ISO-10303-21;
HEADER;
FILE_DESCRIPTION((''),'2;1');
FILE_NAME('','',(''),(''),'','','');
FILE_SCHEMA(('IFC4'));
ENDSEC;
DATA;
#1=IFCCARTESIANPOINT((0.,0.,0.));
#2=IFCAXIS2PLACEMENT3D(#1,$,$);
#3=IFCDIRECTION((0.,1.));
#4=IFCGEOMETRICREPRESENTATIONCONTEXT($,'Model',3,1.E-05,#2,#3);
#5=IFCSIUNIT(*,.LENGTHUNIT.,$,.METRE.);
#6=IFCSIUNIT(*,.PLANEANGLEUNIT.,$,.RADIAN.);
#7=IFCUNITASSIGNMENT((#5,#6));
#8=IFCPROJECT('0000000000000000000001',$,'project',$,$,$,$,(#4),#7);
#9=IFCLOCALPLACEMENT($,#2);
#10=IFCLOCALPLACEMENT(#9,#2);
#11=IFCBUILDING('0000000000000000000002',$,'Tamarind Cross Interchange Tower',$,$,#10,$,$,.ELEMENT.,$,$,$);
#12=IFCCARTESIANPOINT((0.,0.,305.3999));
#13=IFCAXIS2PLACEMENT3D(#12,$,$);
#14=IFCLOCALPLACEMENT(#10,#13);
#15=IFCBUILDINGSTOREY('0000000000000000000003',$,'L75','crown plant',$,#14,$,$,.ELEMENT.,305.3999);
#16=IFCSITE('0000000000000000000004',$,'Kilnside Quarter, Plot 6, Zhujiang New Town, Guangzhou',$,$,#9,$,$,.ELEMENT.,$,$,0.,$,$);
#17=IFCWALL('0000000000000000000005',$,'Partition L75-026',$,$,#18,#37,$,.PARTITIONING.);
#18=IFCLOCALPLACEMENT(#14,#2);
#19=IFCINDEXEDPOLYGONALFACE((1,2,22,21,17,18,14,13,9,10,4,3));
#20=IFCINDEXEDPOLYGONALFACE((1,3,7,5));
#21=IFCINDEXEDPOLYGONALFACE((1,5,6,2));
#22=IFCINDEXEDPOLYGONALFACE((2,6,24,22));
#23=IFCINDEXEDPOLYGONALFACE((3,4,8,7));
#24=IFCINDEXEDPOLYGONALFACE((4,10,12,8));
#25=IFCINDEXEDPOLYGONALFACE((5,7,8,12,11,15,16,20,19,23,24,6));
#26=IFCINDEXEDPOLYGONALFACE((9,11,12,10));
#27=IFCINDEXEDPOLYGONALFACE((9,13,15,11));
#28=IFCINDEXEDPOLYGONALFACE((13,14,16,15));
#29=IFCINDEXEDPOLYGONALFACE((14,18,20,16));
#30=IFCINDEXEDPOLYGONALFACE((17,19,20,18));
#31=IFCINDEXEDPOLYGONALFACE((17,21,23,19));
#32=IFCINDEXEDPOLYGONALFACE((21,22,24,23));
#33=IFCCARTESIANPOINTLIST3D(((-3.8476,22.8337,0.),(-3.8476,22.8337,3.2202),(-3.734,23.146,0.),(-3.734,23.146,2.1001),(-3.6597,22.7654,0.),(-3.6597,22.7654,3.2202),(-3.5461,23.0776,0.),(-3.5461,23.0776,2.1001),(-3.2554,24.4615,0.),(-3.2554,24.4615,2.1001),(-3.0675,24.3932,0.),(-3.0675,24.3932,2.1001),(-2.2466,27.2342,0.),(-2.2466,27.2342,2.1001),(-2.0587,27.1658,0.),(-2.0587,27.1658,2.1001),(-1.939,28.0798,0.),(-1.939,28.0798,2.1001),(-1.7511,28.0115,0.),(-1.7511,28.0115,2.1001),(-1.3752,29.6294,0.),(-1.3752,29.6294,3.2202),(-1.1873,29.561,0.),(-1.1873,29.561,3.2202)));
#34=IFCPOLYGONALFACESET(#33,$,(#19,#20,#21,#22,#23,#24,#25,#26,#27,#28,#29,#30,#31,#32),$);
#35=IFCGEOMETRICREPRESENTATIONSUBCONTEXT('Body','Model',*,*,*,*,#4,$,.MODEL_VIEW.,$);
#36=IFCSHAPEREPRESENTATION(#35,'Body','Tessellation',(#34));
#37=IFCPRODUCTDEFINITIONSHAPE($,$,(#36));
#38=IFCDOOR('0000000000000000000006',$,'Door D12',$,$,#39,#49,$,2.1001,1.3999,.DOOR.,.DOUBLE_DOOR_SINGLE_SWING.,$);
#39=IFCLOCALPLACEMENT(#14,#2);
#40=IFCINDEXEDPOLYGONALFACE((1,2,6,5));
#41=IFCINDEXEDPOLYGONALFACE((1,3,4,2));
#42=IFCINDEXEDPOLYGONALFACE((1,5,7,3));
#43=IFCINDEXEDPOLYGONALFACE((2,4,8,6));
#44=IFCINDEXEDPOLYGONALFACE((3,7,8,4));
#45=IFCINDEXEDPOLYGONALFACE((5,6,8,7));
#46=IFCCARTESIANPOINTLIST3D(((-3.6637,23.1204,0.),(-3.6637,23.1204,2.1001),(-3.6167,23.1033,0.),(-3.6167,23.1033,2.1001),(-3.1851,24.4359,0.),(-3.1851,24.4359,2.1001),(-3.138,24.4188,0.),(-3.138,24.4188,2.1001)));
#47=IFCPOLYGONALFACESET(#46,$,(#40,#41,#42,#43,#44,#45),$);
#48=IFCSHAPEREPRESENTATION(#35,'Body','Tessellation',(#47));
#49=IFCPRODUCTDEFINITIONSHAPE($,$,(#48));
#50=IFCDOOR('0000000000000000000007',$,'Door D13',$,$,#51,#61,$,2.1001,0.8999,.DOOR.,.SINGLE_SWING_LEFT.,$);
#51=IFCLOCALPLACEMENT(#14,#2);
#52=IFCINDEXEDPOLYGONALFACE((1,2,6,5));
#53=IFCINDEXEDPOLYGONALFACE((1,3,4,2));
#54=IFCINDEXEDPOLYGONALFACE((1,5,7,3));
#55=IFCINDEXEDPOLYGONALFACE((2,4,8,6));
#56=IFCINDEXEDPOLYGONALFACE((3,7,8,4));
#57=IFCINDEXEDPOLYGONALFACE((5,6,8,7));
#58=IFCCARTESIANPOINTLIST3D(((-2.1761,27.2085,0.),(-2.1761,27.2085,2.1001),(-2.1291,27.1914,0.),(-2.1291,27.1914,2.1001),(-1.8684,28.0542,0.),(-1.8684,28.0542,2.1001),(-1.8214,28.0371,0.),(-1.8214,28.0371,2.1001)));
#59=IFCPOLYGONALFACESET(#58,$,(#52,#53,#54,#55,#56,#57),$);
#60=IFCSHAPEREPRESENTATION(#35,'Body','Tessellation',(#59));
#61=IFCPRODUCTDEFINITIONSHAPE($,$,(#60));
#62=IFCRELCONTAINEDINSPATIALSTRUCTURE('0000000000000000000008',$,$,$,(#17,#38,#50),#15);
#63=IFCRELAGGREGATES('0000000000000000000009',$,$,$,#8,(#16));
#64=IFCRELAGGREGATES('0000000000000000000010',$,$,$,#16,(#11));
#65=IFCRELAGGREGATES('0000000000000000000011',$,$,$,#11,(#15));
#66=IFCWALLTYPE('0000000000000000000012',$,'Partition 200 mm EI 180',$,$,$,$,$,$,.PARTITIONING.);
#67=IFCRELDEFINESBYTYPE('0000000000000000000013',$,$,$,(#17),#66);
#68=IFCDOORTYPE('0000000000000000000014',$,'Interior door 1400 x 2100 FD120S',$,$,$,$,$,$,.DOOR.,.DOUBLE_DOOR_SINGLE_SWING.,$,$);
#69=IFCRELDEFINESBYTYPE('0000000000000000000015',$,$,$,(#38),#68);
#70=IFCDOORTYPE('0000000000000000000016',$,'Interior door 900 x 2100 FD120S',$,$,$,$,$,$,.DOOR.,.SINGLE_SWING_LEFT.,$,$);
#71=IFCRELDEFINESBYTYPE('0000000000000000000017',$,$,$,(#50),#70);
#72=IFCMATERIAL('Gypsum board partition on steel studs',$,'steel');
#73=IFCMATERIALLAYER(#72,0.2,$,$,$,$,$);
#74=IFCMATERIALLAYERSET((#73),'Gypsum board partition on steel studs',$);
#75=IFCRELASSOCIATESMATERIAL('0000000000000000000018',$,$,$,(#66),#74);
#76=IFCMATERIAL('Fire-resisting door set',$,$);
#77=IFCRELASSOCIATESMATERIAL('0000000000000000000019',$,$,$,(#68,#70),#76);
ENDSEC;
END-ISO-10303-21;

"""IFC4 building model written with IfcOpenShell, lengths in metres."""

from ifc_helpers import new_model, si_unit, direction, frame, frame_2d, origin, place, context, subcontext, project, spatial, rectangle, extrude, material, layer, layer_set, type_object, element, fill, save


model = new_model("IFC4")

# Units and contexts
model_context = context("Model", 3, precision=1e-05, world=origin(), true_north=direction((0.0, 1.0)))
body_context = subcontext(model_context, "Body", "Model", "MODEL_VIEW")
ifc_project = project(units=[si_unit("LENGTHUNIT", "METRE"), si_unit("PLANEANGLEUNIT", "RADIAN")], contexts=[model_context])

# Site, building, storey
site_placement = place(None, origin())
site = spatial("IfcSite", under=ifc_project, at=site_placement, Name="Kilnside Quarter, Plot 6, Zhujiang New Town, Guangzhou", CompositionType="ELEMENT", RefElevation=0.0)
building_placement = place(site_placement, origin())
building = spatial("IfcBuilding", under=site, at=building_placement, Name="Tamarind Cross Interchange Tower", CompositionType="ELEMENT")
storey_placement = place(building_placement, frame((0.0, 0.0, 305.3999)))
storey = spatial("IfcBuildingStorey", under=building, at=storey_placement, Name="L75", Description="crown plant", CompositionType="ELEMENT", Elevation=305.3999)

# Shared definitions
ifc_material_1 = material(Name="Gypsum board partition on steel studs", Category="steel")

# Shared definitions
ifc_material_2 = material(Name="Fire-resisting door set")

# Shared definitions
ifc_layer_1 = layer(ifc_material_1, 0.2)
ifc_layer_set_1 = layer_set([ifc_layer_1], Name="Gypsum board partition on steel studs")
wall_type_1 = type_object("IfcWallType", Name="Partition 200 mm EI 180", PredefinedType="PARTITIONING", material=ifc_layer_set_1)

# Shared definitions
door_type_1 = type_object("IfcDoorType", Name="Interior door 1400 x 2100 FD120S", OperationType="DOUBLE_DOOR_SINGLE_SWING", PredefinedType="DOOR", material=ifc_material_2)

# Wall, openings, doors
wall_1_placement = place(storey_placement, frame((-3.7537, 22.7996, 0.0), z_axis=(0.0, 0.0, 1.0), x_axis=(0.341898, 0.939737, 0.0)))
wall_1 = element("IfcWall", 1, at=wall_1_placement, inside=storey, type_object=wall_type_1, Name="Partition L75-026", PredefinedType="PARTITIONING", context=body_context, shape_type="SweptSolid", body=[
    extrude(rectangle(XDim=7.2314, YDim=0.2, at=frame_2d((3.6157, 0.0))), origin(), (0.0, 0.0, 1.0), 3.2202),
])
opening_1_placement = place(wall_1_placement, frame((0.3323, 0.0, 0.0)))
opening_1 = element("IfcOpeningElement", 2, at=opening_1_placement, cuts=wall_1, PredefinedType="OPENING", context=body_context, shape_type="SweptSolid", body=[
    extrude(rectangle(XDim=1.3999, YDim=2.1001, at=frame_2d((0.7, 1.05))), frame((0.0, 0.1099, 0.0), z_axis=(0.0, -1.0, 0.0), x_axis=(1.0, 0.0, 0.0)), (0.0, 0.0, 1.0), 0.22),
])
opening_2_placement = place(wall_1_placement, frame((4.6826, 0.0, 0.0)))
opening_2 = element("IfcOpeningElement", 3, at=opening_2_placement, cuts=wall_1, PredefinedType="OPENING", context=body_context, shape_type="SweptSolid", body=[
    extrude(rectangle(XDim=0.8999, YDim=2.1001, at=frame_2d((0.45, 1.05))), frame((0.0, 0.1099, 0.0), z_axis=(0.0, -1.0, 0.0), x_axis=(1.0, 0.0, 0.0)), (0.0, 0.0, 1.0), 0.22),
])
door_1_placement = place(opening_1_placement, frame((1.3999, 0.0, 0.0), z_axis=(0.0, 0.0, 1.0), x_axis=(-1.0, 0.0, 0.0)))
door_1 = element("IfcDoor", 4, at=door_1_placement, inside=storey, type_object=door_type_1, Name="Door D12", OperationType="DOUBLE_DOOR_SINGLE_SWING", OverallHeight=2.1001, OverallWidth=1.3999, PredefinedType="DOOR", context=body_context, shape_type="SweptSolid", body=[
    extrude(rectangle(XDim=1.3999, YDim=2.1001, at=frame_2d((0.7, 1.05))), frame((0.0, 0.0249, 0.0), z_axis=(0.0, -1.0, 0.0), x_axis=(1.0, 0.0, 0.0)), (0.0, 0.0, 1.0), 0.05),
])
fill(opening_1, door_1)
door_type_2 = type_object("IfcDoorType", Name="Interior door 900 x 2100 FD120S", OperationType="SINGLE_SWING_LEFT", PredefinedType="DOOR", material=ifc_material_2)
door_2_placement = place(opening_2_placement, origin())
door_2 = element("IfcDoor", 5, at=door_2_placement, inside=storey, type_object=door_type_2, Name="Door D13", OperationType="SINGLE_SWING_LEFT", OverallHeight=2.1001, OverallWidth=0.8999, PredefinedType="DOOR", context=body_context, shape_type="SweptSolid", body=[
    extrude(rectangle(XDim=0.8999, YDim=2.1001, at=frame_2d((0.45, 1.05))), frame((0.0, 0.0249, 0.0), z_axis=(0.0, -1.0, 0.0), x_axis=(1.0, 0.0, 0.0)), (0.0, 0.0, 1.0), 0.05),
])
fill(opening_2, door_2)

save(model, "model.ifc")
